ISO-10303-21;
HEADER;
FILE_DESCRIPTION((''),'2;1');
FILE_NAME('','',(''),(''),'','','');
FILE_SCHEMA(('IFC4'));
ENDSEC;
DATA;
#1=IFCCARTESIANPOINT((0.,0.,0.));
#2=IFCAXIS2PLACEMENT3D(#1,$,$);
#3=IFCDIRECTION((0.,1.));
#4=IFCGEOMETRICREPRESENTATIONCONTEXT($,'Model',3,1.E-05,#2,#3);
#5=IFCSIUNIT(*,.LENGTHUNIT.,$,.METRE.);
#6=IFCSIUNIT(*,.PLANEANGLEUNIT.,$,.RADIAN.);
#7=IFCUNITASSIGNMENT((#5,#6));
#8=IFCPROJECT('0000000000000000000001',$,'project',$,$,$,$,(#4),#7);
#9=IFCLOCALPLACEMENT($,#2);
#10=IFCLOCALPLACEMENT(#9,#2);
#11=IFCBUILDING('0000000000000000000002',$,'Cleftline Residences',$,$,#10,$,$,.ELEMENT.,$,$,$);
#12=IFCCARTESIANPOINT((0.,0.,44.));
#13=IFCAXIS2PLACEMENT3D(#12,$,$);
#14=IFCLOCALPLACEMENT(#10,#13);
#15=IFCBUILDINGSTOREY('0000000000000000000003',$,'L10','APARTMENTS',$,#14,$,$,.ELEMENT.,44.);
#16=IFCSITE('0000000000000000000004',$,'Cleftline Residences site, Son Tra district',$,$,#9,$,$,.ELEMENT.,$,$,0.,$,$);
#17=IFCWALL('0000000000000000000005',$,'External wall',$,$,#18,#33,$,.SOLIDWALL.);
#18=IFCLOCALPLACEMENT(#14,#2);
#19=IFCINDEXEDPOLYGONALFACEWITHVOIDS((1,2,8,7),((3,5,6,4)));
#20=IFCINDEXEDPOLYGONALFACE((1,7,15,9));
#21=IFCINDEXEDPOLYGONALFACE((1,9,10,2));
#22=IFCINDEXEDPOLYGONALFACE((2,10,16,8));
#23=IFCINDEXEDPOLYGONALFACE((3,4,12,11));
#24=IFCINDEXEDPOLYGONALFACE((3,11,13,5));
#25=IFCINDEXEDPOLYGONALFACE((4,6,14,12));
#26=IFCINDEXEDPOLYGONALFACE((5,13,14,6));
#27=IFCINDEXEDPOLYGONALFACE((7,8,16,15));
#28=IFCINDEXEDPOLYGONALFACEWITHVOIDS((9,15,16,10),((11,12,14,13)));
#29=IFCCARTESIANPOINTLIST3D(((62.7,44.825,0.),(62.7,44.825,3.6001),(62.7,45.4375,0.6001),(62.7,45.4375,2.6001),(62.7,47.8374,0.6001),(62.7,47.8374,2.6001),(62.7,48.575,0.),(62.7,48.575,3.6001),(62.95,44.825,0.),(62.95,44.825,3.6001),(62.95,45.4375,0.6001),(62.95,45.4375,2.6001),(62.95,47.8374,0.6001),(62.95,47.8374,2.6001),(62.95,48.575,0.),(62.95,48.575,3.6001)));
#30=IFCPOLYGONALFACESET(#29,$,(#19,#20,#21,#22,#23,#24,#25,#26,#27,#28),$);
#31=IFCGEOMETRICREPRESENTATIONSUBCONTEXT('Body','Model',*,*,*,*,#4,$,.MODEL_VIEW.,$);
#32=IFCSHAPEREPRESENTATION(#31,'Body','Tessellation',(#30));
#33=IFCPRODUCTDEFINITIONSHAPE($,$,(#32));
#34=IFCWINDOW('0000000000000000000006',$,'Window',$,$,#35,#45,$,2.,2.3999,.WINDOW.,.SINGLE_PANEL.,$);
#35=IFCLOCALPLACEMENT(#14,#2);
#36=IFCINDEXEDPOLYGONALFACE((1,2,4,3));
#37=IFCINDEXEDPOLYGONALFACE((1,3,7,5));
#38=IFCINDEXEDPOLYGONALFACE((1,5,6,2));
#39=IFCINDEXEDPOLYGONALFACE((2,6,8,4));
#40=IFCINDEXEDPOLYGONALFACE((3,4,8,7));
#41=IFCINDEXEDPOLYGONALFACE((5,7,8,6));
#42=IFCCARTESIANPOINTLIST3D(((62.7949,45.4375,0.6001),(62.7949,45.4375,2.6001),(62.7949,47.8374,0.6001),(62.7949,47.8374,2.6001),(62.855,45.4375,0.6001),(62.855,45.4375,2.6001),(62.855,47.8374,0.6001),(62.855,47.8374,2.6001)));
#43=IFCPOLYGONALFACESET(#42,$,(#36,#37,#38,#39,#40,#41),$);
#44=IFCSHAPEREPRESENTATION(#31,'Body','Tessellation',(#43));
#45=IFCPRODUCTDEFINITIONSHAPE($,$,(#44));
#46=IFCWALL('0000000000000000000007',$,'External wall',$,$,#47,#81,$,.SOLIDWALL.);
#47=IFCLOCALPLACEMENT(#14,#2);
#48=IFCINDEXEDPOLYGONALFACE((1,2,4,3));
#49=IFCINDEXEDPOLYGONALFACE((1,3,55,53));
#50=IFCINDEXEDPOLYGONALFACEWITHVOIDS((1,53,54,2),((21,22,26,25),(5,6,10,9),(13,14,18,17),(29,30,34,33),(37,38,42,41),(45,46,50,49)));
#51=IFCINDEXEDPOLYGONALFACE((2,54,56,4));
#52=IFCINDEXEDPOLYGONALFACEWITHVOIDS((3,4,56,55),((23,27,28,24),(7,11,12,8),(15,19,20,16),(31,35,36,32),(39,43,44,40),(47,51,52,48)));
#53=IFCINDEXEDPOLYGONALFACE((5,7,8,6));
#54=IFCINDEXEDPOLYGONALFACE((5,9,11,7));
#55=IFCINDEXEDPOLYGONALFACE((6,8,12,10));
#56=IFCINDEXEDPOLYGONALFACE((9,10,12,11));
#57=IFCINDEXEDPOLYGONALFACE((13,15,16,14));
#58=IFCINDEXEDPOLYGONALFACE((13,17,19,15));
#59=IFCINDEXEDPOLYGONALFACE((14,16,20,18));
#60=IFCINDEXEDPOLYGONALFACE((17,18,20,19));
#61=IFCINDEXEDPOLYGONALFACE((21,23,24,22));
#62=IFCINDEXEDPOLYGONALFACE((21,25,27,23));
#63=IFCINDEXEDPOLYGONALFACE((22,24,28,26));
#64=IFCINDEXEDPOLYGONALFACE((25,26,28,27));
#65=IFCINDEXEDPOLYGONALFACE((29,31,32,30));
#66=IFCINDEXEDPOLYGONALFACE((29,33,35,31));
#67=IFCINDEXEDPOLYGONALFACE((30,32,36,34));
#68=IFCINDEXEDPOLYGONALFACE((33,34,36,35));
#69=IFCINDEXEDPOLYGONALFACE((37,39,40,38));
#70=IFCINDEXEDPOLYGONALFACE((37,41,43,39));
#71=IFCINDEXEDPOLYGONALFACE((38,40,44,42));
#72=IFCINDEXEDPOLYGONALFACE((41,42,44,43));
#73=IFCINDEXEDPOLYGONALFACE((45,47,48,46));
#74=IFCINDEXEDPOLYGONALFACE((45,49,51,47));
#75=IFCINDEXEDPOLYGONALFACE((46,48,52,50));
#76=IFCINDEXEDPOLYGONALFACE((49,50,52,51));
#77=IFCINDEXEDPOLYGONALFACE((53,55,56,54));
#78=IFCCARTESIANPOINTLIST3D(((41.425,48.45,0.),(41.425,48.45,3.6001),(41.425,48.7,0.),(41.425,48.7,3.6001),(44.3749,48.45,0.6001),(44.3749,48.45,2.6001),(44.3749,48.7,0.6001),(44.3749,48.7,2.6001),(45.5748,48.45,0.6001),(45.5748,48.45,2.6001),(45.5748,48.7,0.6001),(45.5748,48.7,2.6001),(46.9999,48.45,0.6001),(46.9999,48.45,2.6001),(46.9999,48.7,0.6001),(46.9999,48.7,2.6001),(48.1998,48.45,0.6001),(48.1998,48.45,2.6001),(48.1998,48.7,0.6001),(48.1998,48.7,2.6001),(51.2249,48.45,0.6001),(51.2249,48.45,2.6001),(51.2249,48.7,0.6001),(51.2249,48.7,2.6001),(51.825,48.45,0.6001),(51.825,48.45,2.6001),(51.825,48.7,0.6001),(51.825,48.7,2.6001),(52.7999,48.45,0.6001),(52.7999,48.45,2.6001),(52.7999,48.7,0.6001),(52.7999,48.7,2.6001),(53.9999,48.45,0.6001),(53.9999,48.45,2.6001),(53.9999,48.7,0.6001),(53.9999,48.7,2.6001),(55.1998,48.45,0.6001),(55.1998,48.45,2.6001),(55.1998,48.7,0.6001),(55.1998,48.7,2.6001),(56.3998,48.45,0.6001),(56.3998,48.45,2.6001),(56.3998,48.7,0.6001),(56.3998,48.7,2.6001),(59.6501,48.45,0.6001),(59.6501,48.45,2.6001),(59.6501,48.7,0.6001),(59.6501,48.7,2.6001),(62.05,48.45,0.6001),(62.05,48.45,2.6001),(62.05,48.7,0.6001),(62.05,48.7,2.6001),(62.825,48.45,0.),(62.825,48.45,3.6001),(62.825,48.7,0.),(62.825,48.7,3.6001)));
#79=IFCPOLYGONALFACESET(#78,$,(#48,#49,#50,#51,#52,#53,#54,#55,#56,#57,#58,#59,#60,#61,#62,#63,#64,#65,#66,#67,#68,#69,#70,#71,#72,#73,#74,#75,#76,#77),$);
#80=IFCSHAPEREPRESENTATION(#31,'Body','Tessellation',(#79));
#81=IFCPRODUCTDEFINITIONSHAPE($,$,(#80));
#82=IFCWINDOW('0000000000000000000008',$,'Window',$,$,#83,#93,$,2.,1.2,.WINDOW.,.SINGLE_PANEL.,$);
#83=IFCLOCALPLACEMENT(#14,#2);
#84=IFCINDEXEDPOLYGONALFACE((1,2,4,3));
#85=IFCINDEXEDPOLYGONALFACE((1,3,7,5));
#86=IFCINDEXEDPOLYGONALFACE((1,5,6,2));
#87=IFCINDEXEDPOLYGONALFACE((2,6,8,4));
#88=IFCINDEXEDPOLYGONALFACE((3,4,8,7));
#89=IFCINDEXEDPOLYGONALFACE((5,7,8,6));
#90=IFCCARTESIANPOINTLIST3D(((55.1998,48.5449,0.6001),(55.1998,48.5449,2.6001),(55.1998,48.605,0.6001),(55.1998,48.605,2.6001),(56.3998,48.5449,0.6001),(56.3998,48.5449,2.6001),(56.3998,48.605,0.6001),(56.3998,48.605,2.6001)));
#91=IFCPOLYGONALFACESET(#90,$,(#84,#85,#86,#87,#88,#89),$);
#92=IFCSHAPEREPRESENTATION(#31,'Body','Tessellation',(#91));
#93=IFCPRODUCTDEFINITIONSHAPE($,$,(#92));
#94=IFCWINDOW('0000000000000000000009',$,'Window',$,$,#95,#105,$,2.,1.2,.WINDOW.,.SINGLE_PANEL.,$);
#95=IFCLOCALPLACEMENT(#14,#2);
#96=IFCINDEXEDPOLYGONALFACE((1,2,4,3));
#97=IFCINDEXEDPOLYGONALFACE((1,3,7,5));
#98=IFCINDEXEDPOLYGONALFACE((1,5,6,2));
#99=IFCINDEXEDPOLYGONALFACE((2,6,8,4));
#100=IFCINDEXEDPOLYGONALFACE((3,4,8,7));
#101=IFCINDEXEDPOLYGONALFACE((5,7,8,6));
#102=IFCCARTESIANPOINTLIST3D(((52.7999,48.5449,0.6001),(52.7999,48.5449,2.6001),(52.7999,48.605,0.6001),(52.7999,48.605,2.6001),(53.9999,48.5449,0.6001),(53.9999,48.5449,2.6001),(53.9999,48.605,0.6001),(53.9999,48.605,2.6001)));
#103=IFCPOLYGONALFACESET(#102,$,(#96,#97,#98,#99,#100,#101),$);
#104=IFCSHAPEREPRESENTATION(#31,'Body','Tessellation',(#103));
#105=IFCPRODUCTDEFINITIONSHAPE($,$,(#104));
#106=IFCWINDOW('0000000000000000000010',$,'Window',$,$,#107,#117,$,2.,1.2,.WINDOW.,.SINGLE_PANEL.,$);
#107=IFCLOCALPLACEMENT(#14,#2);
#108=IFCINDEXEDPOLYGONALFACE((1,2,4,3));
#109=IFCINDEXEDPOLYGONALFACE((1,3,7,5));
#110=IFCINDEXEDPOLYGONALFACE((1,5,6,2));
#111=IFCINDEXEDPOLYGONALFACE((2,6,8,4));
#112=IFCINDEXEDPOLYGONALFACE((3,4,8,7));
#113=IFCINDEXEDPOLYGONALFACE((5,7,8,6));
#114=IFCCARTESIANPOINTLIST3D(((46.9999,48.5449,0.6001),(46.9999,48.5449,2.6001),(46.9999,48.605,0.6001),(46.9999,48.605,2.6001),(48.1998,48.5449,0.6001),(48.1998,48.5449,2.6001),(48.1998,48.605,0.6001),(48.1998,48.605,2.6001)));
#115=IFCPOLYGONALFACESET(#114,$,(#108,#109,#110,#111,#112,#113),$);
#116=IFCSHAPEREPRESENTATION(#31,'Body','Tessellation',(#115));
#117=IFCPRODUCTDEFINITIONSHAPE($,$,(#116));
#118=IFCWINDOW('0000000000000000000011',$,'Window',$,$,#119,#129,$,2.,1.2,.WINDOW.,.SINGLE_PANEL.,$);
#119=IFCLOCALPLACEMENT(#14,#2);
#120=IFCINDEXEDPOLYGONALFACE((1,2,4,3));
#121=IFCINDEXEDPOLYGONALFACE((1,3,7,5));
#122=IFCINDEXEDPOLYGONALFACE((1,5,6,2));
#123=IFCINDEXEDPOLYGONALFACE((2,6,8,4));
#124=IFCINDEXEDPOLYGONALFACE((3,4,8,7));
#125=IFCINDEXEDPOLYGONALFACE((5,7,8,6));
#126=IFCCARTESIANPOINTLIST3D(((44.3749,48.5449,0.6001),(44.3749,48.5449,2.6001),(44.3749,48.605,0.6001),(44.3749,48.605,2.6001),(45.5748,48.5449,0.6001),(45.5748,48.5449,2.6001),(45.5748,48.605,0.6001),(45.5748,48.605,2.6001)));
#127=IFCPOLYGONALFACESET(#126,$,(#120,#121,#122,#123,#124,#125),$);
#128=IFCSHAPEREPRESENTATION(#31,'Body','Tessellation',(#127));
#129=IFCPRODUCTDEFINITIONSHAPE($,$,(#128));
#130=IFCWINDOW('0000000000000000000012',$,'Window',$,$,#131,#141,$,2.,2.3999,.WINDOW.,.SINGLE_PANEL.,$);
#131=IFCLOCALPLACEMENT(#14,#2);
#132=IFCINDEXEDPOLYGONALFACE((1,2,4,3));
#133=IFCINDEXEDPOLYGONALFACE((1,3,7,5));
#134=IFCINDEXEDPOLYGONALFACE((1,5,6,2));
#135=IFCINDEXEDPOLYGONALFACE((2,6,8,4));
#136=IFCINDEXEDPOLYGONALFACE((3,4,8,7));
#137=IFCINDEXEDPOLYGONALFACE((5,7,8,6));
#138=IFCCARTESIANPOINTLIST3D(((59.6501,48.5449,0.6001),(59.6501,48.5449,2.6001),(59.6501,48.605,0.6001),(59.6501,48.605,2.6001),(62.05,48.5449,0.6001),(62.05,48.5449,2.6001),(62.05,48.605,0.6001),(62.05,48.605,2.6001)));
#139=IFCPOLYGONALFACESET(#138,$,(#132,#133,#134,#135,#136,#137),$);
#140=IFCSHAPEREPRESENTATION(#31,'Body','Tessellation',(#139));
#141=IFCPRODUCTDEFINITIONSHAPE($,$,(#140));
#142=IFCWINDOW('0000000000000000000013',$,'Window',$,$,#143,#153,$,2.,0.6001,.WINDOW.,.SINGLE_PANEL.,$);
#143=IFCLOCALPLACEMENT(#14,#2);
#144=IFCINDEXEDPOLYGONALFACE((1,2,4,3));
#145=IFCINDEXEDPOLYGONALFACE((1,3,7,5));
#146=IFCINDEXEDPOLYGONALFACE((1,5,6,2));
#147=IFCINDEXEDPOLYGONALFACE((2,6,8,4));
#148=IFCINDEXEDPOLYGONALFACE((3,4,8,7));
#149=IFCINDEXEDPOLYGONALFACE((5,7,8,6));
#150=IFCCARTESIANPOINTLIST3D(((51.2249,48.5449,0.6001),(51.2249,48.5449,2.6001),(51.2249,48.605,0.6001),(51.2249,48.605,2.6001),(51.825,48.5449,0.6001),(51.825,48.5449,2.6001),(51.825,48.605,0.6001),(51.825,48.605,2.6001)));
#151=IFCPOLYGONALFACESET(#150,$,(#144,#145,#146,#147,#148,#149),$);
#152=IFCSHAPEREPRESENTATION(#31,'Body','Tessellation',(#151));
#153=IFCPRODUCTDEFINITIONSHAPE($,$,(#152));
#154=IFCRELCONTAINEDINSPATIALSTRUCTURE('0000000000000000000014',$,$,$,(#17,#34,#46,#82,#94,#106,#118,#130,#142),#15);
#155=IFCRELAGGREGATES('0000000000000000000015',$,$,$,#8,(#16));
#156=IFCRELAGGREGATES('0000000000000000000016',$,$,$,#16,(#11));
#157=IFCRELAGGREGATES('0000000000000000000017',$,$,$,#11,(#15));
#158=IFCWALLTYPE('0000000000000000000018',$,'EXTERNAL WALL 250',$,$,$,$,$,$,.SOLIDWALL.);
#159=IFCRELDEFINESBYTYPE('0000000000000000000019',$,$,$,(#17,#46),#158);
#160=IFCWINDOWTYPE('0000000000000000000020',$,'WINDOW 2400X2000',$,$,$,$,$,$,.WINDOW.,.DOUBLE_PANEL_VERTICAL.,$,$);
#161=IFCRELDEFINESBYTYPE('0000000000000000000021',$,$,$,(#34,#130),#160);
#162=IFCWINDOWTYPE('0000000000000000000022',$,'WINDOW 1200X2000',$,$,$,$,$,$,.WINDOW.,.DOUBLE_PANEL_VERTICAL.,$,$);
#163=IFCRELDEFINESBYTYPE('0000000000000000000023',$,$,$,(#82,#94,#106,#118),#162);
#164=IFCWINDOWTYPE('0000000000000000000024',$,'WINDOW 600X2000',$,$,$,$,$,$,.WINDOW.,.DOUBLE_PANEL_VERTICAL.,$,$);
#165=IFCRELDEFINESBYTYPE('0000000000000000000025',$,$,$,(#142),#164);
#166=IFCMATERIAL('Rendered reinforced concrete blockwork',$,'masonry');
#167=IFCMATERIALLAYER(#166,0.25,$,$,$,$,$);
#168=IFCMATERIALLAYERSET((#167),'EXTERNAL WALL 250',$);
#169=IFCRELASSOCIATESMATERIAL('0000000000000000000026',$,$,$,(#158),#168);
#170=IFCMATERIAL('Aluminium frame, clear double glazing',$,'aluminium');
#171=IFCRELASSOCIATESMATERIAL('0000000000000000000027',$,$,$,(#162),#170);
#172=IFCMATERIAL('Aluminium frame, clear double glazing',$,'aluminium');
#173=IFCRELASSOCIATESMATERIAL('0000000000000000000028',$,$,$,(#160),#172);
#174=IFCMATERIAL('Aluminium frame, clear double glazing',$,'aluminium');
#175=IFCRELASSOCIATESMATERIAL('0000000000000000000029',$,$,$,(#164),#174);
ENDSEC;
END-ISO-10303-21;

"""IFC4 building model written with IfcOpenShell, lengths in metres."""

from ifc_helpers import new_model, si_unit, direction, frame, frame_2d, origin, place, context, subcontext, project, spatial, rectangle, extrude, material, layer, layer_set, type_object, element, fill, save


model = new_model("IFC4")

# Units and contexts
model_context = context("Model", 3, precision=1e-05, world=origin(), true_north=direction((0.0, 1.0)))
body_context = subcontext(model_context, "Body", "Model", "MODEL_VIEW")
ifc_project = project(units=[si_unit("LENGTHUNIT", "METRE"), si_unit("PLANEANGLEUNIT", "RADIAN")], contexts=[model_context])

# Site, building, storey
site_placement = place(None, origin())
site = spatial("IfcSite", under=ifc_project, at=site_placement, Name="Cleftline Residences site, Son Tra district", CompositionType="ELEMENT", RefElevation=0.0)
building_placement = place(site_placement, origin())
building = spatial("IfcBuilding", under=site, at=building_placement, Name="Cleftline Residences", CompositionType="ELEMENT")
storey_placement = place(building_placement, frame((0.0, 0.0, 44.0)))
storey = spatial("IfcBuildingStorey", under=building, at=storey_placement, Name="L10", Description="APARTMENTS", CompositionType="ELEMENT", Elevation=44.0)

# Shared definitions
ifc_material_1 = material(Name="Rendered reinforced concrete blockwork", Category="masonry")
ifc_layer_1 = layer(ifc_material_1, 0.25)
ifc_layer_set_1 = layer_set([ifc_layer_1], Name="EXTERNAL WALL 250")
wall_type_1 = type_object("IfcWallType", Name="EXTERNAL WALL 250", PredefinedType="SOLIDWALL", material=ifc_layer_set_1)
ifc_material_2 = material(Name="Aluminium frame, clear double glazing", Category="aluminium")
window_type_1 = type_object("IfcWindowType", Name="WINDOW 1200X2000", PartitioningType="DOUBLE_PANEL_VERTICAL", PredefinedType="WINDOW", material=ifc_material_2)

# Wall, opening, window
wall_1_placement = place(storey_placement, frame((62.825, 44.825, 0.0), z_axis=(0.0, 0.0, 1.0), x_axis=(0.0, 1.0, 0.0)))
wall_1 = element("IfcWall", 1, at=wall_1_placement, inside=storey, type_object=wall_type_1, Name="External wall", PredefinedType="SOLIDWALL", context=body_context, shape_type="SweptSolid", body=[
    extrude(rectangle(XDim=3.75, YDim=0.25, at=frame_2d((1.875, 0.0))), origin(), (0.0, 0.0, 1.0), 3.6001),
])
opening_1_placement = place(wall_1_placement, frame((0.6125, 0.0, 0.6001)))
opening_1 = element("IfcOpeningElement", 2, at=opening_1_placement, cuts=wall_1, PredefinedType="OPENING", context=body_context, shape_type="SweptSolid", body=[
    extrude(rectangle(XDim=2.3999, YDim=2.0, at=frame_2d((1.2, 1.0))), frame((0.0, 0.135, 0.0), z_axis=(0.0, -1.0, 0.0), x_axis=(1.0, 0.0, 0.0)), (0.0, 0.0, 1.0), 0.27),
])
ifc_material_3 = material(Name="Aluminium frame, clear double glazing", Category="aluminium")
window_type_2 = type_object("IfcWindowType", Name="WINDOW 2400X2000", PartitioningType="DOUBLE_PANEL_VERTICAL", PredefinedType="WINDOW", material=ifc_material_3)
window_1_placement = place(opening_1_placement, origin())
window_1 = element("IfcWindow", 3, at=window_1_placement, inside=storey, type_object=window_type_2, Name="Window", OverallHeight=2.0, OverallWidth=2.3999, PartitioningType="SINGLE_PANEL", PredefinedType="WINDOW", context=body_context, shape_type="SweptSolid", body=[
    extrude(rectangle(XDim=2.3999, YDim=2.0, at=frame_2d((1.2, 1.0))), frame((0.0, 0.03, 0.0), z_axis=(0.0, -1.0, 0.0), x_axis=(1.0, 0.0, 0.0)), (0.0, 0.0, 1.0), 0.0601),
])
fill(opening_1, window_1)

# Wall, openings, windows
wall_2_placement = place(storey_placement, frame((62.825, 48.575, 0.0), z_axis=(0.0, 0.0, 1.0), x_axis=(-1.0, 0.0, 0.0)))
wall_2 = element("IfcWall", 4, at=wall_2_placement, inside=storey, type_object=wall_type_1, Name="External wall", PredefinedType="SOLIDWALL", context=body_context, shape_type="SweptSolid", body=[
    extrude(rectangle(XDim=21.3999, YDim=0.25, at=frame_2d((10.7, 0.0))), origin(), (0.0, 0.0, 1.0), 3.6001),
])
opening_2_placement = place(wall_2_placement, frame((0.7749, 0.0, 0.6001)))
opening_2 = element("IfcOpeningElement", 5, at=opening_2_placement, cuts=wall_2, PredefinedType="OPENING", context=body_context, shape_type="SweptSolid", body=[
    extrude(rectangle(XDim=2.3999, YDim=2.0, at=frame_2d((1.2, 1.0))), frame((0.0, 0.135, 0.0), z_axis=(0.0, -1.0, 0.0), x_axis=(1.0, 0.0, 0.0)), (0.0, 0.0, 1.0), 0.27),
])
opening_3_placement = place(wall_2_placement, frame((6.425, 0.0, 0.6001)))
opening_3 = element("IfcOpeningElement", 6, at=opening_3_placement, cuts=wall_2, PredefinedType="OPENING", context=body_context, shape_type="SweptSolid", body=[
    extrude(rectangle(XDim=1.2, YDim=2.0, at=frame_2d((0.6001, 1.0))), frame((0.0, 0.135, 0.0), z_axis=(0.0, -1.0, 0.0), x_axis=(1.0, 0.0, 0.0)), (0.0, 0.0, 1.0), 0.27),
])
opening_4_placement = place(wall_2_placement, frame((8.825, 0.0, 0.6001)))
opening_4 = element("IfcOpeningElement", 7, at=opening_4_placement, cuts=wall_2, PredefinedType="OPENING", context=body_context, shape_type="SweptSolid", body=[
    extrude(rectangle(XDim=1.2, YDim=2.0, at=frame_2d((0.6001, 1.0))), frame((0.0, 0.135, 0.0), z_axis=(0.0, -1.0, 0.0), x_axis=(1.0, 0.0, 0.0)), (0.0, 0.0, 1.0), 0.27),
])
opening_5_placement = place(wall_2_placement, frame((11.0, 0.0, 0.6001)))
opening_5 = element("IfcOpeningElement", 8, at=opening_5_placement, cuts=wall_2, PredefinedType="OPENING", context=body_context, shape_type="SweptSolid", body=[
    extrude(rectangle(XDim=0.6001, YDim=2.0, at=frame_2d((0.3, 1.0))), frame((0.0, 0.135, 0.0), z_axis=(0.0, -1.0, 0.0), x_axis=(1.0, 0.0, 0.0)), (0.0, 0.0, 1.0), 0.27),
])
opening_6_placement = place(wall_2_placement, frame((14.625, 0.0, 0.6001)))
opening_6 = element("IfcOpeningElement", 9, at=opening_6_placement, cuts=wall_2, PredefinedType="OPENING", context=body_context, shape_type="SweptSolid", body=[
    extrude(rectangle(XDim=1.2, YDim=2.0, at=frame_2d((0.6001, 1.0))), frame((0.0, 0.135, 0.0), z_axis=(0.0, -1.0, 0.0), x_axis=(1.0, 0.0, 0.0)), (0.0, 0.0, 1.0), 0.27),
])
opening_7_placement = place(wall_2_placement, frame((17.25, 0.0, 0.6001)))
opening_7 = element("IfcOpeningElement", 10, at=opening_7_placement, cuts=wall_2, PredefinedType="OPENING", context=body_context, shape_type="SweptSolid", body=[
    extrude(rectangle(XDim=1.2, YDim=2.0, at=frame_2d((0.6001, 1.0))), frame((0.0, 0.135, 0.0), z_axis=(0.0, -1.0, 0.0), x_axis=(1.0, 0.0, 0.0)), (0.0, 0.0, 1.0), 0.27),
])
window_2_placement = place(opening_3_placement, origin())
window_2 = element("IfcWindow", 11, at=window_2_placement, inside=storey, type_object=window_type_1, Name="Window", OverallHeight=2.0, OverallWidth=1.2, PartitioningType="SINGLE_PANEL", PredefinedType="WINDOW", context=body_context, shape_type="SweptSolid", body=[
    extrude(rectangle(XDim=1.2, YDim=2.0, at=frame_2d((0.6001, 1.0))), frame((0.0, 0.03, 0.0), z_axis=(0.0, -1.0, 0.0), x_axis=(1.0, 0.0, 0.0)), (0.0, 0.0, 1.0), 0.0601),
])
fill(opening_3, window_2)
window_3_placement = place(opening_4_placement, origin())
window_3 = element("IfcWindow", 12, at=window_3_placement, inside=storey, type_object=window_type_1, Name="Window", OverallHeight=2.0, OverallWidth=1.2, PartitioningType="SINGLE_PANEL", PredefinedType="WINDOW", context=body_context, shape_type="SweptSolid", body=[
    extrude(rectangle(XDim=1.2, YDim=2.0, at=frame_2d((0.6001, 1.0))), frame((0.0, 0.03, 0.0), z_axis=(0.0, -1.0, 0.0), x_axis=(1.0, 0.0, 0.0)), (0.0, 0.0, 1.0), 0.0601),
])
fill(opening_4, window_3)
window_4_placement = place(opening_6_placement, origin())
window_4 = element("IfcWindow", 13, at=window_4_placement, inside=storey, type_object=window_type_1, Name="Window", OverallHeight=2.0, OverallWidth=1.2, PartitioningType="SINGLE_PANEL", PredefinedType="WINDOW", context=body_context, shape_type="SweptSolid", body=[
    extrude(rectangle(XDim=1.2, YDim=2.0, at=frame_2d((0.6001, 1.0))), frame((0.0, 0.03, 0.0), z_axis=(0.0, -1.0, 0.0), x_axis=(1.0, 0.0, 0.0)), (0.0, 0.0, 1.0), 0.0601),
])
fill(opening_6, window_4)
window_5_placement = place(opening_7_placement, origin())
window_5 = element("IfcWindow", 14, at=window_5_placement, inside=storey, type_object=window_type_1, Name="Window", OverallHeight=2.0, OverallWidth=1.2, PartitioningType="SINGLE_PANEL", PredefinedType="WINDOW", context=body_context, shape_type="SweptSolid", body=[
    extrude(rectangle(XDim=1.2, YDim=2.0, at=frame_2d((0.6001, 1.0))), frame((0.0, 0.03, 0.0), z_axis=(0.0, -1.0, 0.0), x_axis=(1.0, 0.0, 0.0)), (0.0, 0.0, 1.0), 0.0601),
])
fill(opening_7, window_5)
window_6_placement = place(opening_2_placement, origin())
window_6 = element("IfcWindow", 15, at=window_6_placement, inside=storey, type_object=window_type_2, Name="Window", OverallHeight=2.0, OverallWidth=2.3999, PartitioningType="SINGLE_PANEL", PredefinedType="WINDOW", context=body_context, shape_type="SweptSolid", body=[
    extrude(rectangle(XDim=2.3999, YDim=2.0, at=frame_2d((1.2, 1.0))), frame((0.0, 0.03, 0.0), z_axis=(0.0, -1.0, 0.0), x_axis=(1.0, 0.0, 0.0)), (0.0, 0.0, 1.0), 0.0601),
])
fill(opening_2, window_6)
ifc_material_4 = material(Name="Aluminium frame, clear double glazing", Category="aluminium")
window_type_3 = type_object("IfcWindowType", Name="WINDOW 600X2000", PartitioningType="DOUBLE_PANEL_VERTICAL", PredefinedType="WINDOW", material=ifc_material_4)
window_7_placement = place(opening_5_placement, origin())
window_7 = element("IfcWindow", 16, at=window_7_placement, inside=storey, type_object=window_type_3, Name="Window", OverallHeight=2.0, OverallWidth=0.6001, PartitioningType="SINGLE_PANEL", PredefinedType="WINDOW", context=body_context, shape_type="SweptSolid", body=[
    extrude(rectangle(XDim=0.6001, YDim=2.0, at=frame_2d((0.3, 1.0))), frame((0.0, 0.03, 0.0), z_axis=(0.0, -1.0, 0.0), x_axis=(1.0, 0.0, 0.0)), (0.0, 0.0, 1.0), 0.0601),
])
fill(opening_5, window_7)

save(model, "model.ifc")
